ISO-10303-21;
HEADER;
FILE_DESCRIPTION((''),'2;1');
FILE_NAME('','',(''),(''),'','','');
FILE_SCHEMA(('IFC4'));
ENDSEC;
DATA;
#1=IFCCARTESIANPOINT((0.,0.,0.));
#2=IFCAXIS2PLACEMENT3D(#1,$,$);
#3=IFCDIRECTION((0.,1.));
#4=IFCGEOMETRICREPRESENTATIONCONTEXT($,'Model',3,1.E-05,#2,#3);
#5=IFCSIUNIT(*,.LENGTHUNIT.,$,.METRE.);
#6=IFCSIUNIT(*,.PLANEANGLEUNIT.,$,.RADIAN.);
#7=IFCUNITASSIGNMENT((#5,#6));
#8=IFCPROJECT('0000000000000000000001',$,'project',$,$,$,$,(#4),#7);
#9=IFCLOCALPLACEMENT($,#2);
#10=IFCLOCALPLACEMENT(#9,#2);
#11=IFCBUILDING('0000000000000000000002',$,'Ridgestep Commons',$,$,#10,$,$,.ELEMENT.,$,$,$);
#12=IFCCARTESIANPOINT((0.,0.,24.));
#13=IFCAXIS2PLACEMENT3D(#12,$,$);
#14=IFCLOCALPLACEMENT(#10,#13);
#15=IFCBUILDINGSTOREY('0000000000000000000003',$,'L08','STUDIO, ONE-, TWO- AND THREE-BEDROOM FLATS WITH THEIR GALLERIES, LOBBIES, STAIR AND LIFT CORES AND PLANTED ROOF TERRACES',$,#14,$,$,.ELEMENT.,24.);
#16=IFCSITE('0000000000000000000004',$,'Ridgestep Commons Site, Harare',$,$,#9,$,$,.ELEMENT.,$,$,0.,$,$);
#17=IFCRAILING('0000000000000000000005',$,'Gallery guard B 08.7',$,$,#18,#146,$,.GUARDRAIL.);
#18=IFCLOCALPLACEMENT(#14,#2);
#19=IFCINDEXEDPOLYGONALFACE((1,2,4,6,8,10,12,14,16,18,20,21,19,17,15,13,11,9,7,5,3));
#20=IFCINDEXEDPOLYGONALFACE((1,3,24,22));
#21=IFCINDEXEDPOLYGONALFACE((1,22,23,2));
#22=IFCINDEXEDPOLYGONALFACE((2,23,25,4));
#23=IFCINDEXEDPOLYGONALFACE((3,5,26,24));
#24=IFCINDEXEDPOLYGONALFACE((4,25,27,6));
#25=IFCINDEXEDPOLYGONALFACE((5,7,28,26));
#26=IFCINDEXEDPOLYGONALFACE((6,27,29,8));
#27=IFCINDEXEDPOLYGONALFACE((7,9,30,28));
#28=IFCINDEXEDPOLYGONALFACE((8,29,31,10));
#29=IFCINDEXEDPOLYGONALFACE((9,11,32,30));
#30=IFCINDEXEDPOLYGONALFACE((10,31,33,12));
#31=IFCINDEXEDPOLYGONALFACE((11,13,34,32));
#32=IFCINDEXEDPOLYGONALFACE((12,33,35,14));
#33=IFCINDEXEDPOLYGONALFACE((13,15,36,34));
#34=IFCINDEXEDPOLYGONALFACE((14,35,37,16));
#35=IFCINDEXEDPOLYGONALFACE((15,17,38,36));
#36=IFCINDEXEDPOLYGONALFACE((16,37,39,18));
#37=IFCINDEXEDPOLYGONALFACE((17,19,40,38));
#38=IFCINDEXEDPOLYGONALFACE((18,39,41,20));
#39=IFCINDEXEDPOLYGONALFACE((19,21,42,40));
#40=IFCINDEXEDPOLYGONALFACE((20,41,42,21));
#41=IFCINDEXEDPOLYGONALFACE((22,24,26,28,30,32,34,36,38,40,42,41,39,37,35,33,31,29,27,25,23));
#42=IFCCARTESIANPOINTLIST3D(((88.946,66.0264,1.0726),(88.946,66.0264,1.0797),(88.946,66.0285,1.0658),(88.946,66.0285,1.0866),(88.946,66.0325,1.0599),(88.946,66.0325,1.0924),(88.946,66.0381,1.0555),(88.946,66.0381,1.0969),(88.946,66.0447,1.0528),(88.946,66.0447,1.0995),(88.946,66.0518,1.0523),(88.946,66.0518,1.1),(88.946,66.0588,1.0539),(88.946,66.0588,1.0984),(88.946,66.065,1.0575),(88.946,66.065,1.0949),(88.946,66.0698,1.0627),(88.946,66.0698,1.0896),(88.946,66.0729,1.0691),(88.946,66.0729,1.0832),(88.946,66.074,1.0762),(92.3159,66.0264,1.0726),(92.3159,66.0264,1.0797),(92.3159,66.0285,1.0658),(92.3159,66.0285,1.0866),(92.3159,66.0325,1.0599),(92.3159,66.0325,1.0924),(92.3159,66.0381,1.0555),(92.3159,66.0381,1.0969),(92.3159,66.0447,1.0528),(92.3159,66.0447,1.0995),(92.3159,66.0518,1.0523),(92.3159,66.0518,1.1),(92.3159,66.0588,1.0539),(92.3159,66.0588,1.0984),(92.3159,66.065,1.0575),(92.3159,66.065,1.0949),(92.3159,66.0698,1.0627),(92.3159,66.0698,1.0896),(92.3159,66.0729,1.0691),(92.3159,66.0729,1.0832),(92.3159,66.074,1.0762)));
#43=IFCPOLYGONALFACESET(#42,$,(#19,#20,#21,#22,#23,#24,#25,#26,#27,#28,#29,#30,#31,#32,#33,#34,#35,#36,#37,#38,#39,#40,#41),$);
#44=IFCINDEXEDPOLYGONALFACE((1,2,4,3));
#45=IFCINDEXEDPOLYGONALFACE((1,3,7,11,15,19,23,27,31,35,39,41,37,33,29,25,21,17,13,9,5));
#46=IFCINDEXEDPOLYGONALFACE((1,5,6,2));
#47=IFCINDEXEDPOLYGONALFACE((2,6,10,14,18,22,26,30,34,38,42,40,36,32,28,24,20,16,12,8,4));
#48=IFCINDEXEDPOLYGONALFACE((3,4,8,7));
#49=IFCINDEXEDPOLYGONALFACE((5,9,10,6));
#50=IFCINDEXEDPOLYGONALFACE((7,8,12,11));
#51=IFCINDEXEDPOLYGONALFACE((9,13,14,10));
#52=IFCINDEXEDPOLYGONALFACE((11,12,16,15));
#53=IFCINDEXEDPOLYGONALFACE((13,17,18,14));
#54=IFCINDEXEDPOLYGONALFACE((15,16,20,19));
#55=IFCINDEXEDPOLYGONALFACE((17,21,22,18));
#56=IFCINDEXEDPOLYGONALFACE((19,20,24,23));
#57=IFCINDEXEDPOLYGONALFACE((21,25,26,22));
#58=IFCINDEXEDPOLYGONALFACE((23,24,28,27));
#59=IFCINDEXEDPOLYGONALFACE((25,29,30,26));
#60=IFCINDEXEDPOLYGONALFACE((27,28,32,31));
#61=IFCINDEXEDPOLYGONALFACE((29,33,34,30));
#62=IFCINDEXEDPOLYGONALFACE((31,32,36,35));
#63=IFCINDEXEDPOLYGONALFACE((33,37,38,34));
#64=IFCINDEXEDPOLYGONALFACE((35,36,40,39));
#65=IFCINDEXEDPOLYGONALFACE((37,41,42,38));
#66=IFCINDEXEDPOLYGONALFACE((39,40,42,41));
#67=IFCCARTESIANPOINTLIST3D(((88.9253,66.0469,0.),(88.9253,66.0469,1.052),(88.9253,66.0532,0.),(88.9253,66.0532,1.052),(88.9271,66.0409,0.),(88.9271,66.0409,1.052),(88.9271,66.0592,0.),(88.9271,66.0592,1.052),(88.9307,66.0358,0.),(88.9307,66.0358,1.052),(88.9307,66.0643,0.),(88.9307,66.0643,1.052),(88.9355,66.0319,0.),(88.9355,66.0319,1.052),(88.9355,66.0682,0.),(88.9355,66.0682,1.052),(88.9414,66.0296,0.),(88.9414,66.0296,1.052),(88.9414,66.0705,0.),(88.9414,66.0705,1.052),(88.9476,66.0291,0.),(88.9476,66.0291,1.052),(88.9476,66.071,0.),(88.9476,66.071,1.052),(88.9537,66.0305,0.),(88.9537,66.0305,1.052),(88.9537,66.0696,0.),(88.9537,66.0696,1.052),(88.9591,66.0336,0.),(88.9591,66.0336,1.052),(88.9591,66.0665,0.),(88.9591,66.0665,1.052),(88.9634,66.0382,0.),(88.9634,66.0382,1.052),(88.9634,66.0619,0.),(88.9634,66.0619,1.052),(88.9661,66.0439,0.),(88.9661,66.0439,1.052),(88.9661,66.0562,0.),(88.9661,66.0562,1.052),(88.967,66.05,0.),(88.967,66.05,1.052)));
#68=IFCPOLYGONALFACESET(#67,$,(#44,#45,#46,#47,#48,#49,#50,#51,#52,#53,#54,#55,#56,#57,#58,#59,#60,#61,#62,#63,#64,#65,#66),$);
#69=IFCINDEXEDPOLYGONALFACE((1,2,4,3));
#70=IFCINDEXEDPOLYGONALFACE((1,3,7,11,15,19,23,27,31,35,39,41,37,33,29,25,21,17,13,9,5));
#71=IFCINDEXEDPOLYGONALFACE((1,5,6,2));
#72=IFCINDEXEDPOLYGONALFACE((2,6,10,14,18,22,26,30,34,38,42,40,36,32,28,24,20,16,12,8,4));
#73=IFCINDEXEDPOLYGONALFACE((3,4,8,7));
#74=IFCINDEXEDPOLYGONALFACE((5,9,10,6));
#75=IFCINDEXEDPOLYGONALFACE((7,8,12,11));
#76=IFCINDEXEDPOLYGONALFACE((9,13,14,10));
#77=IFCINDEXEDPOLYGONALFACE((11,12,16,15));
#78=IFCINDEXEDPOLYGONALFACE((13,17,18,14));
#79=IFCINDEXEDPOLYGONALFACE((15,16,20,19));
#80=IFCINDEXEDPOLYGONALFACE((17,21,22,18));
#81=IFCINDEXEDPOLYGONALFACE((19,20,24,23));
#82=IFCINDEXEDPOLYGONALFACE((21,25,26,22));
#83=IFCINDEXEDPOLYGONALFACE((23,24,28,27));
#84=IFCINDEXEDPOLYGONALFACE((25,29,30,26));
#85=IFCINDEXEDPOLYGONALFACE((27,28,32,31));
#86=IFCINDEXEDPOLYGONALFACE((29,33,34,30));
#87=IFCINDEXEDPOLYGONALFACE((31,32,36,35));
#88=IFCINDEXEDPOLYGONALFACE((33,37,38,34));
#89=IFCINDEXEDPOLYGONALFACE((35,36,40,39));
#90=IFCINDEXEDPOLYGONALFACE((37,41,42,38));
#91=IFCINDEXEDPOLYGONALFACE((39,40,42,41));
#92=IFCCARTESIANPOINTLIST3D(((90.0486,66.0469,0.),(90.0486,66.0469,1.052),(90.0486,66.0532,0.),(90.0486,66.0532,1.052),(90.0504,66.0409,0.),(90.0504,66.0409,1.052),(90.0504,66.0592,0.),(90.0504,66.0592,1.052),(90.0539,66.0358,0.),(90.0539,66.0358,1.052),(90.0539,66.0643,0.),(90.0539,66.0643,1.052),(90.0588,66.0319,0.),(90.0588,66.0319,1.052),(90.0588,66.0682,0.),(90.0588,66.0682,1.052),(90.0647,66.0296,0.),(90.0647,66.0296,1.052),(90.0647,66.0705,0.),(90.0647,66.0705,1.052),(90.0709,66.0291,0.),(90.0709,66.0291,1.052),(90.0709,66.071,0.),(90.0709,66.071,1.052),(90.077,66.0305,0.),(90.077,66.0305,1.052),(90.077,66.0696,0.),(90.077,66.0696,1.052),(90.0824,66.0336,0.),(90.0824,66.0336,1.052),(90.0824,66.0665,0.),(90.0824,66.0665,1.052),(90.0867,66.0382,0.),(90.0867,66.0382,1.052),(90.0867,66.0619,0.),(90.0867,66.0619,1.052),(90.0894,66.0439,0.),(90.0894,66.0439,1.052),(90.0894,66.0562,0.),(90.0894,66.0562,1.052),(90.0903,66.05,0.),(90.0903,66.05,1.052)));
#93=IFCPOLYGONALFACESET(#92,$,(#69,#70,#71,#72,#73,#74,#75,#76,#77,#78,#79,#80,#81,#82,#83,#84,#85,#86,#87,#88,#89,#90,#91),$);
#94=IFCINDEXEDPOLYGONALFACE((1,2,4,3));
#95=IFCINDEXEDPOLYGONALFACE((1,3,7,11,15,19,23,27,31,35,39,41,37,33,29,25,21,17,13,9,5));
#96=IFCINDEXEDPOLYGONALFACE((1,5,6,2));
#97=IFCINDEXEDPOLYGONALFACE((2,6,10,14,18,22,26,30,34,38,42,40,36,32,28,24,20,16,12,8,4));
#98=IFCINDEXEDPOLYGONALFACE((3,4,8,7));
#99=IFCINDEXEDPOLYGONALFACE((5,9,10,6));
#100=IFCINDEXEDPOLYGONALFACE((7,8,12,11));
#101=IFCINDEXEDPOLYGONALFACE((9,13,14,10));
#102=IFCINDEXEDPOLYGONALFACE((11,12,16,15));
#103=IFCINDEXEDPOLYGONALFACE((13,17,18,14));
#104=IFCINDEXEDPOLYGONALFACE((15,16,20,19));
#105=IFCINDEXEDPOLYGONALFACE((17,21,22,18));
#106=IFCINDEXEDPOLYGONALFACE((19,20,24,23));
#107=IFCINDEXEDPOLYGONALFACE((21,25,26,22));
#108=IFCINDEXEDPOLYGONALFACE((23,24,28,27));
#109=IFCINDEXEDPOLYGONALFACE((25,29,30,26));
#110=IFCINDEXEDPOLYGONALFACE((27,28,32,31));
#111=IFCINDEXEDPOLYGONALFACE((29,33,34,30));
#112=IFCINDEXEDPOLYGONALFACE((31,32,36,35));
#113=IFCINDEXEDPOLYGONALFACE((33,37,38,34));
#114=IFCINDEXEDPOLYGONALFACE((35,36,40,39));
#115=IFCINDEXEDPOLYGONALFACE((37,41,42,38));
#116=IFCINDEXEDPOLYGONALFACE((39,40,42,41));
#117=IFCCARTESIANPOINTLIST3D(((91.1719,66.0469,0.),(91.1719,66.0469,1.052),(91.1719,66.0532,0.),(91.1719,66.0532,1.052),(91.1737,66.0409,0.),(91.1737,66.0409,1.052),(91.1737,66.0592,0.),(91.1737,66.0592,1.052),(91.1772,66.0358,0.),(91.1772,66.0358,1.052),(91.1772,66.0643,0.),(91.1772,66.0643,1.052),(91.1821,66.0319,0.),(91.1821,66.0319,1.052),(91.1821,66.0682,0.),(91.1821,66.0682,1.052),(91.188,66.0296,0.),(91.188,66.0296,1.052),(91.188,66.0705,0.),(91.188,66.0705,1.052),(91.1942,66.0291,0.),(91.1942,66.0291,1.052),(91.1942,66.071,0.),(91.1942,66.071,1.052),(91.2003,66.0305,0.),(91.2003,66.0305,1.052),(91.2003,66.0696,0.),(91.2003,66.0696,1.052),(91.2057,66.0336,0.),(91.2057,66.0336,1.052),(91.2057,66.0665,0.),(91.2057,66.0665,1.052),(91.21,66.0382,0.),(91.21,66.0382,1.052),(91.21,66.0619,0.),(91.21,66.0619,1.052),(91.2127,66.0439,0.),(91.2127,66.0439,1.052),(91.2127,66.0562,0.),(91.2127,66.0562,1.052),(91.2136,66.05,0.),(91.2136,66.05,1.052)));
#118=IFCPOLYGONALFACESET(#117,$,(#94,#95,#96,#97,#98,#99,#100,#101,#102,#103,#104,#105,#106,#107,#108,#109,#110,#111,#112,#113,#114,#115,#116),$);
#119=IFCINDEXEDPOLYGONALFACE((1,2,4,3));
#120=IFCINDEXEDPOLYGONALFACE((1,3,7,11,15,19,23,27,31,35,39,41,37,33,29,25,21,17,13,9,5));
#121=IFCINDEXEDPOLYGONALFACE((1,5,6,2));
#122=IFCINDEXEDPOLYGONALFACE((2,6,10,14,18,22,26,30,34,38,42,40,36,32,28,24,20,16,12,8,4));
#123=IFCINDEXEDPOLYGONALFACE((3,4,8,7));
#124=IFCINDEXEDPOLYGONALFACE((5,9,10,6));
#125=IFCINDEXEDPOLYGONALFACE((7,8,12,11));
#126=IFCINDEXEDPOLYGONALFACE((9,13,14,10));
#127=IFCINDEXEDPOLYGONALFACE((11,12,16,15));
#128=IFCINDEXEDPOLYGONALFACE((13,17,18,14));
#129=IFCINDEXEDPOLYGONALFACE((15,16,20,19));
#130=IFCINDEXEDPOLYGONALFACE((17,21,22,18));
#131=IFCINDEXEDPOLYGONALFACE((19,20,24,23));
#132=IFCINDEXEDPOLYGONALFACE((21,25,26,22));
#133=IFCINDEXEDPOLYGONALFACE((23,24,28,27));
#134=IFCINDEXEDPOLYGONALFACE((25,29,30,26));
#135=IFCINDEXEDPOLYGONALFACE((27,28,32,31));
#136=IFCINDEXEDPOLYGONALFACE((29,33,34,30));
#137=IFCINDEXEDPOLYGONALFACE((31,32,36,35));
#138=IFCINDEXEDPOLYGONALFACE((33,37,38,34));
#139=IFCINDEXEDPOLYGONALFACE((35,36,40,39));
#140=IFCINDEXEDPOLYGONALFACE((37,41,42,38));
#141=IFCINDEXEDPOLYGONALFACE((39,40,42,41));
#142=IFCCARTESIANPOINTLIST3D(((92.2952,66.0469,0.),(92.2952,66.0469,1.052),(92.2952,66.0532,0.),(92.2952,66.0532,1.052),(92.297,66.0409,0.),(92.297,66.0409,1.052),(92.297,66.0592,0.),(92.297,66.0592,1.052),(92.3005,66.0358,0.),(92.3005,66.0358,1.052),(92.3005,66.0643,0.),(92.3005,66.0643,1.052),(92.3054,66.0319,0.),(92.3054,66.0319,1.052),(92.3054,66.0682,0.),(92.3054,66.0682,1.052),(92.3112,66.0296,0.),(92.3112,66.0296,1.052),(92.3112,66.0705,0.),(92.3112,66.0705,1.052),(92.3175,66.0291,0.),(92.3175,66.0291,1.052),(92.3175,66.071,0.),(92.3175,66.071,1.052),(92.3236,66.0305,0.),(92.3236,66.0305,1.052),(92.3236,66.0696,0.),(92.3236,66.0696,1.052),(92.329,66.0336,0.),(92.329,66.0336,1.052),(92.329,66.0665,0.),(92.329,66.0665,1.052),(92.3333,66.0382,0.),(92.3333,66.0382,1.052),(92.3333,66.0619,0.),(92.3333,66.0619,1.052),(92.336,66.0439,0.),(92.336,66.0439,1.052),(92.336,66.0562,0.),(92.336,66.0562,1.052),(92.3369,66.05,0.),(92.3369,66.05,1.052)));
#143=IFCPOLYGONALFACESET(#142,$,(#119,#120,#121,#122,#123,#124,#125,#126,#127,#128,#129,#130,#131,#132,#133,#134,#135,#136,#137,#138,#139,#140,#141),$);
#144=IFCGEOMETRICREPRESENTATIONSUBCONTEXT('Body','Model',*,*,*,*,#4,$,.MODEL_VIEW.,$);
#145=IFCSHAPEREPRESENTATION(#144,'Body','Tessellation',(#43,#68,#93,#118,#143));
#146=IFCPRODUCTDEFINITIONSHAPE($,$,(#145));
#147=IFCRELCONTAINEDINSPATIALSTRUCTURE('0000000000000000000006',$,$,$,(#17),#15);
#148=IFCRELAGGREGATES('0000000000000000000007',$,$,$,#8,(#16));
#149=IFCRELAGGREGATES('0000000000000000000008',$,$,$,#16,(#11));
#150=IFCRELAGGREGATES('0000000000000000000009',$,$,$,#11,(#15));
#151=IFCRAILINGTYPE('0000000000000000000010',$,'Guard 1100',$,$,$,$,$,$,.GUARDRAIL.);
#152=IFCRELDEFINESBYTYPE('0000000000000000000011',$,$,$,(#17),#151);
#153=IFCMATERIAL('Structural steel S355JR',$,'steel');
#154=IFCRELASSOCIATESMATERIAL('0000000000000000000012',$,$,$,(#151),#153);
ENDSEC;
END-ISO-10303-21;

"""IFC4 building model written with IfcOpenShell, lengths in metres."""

from ifc_helpers import new_model, si_unit, direction, frame, origin, origin_2d, place, context, subcontext, project, spatial, circle, extrude, material, type_object, element, save


model = new_model("IFC4")

# Units and contexts
model_context = context("Model", 3, precision=1e-05, world=origin(), true_north=direction((0.0, 1.0)))
body_context = subcontext(model_context, "Body", "Model", "MODEL_VIEW")
ifc_project = project(units=[si_unit("LENGTHUNIT", "METRE"), si_unit("PLANEANGLEUNIT", "RADIAN")], contexts=[model_context])

# Site, building, storey
site_placement = place(None, origin())
site = spatial("IfcSite", under=ifc_project, at=site_placement, Name="Ridgestep Commons Site, Harare", CompositionType="ELEMENT", RefElevation=0.0)
building_placement = place(site_placement, origin())
building = spatial("IfcBuilding", under=site, at=building_placement, Name="Ridgestep Commons", CompositionType="ELEMENT")
storey_placement = place(building_placement, frame((0.0, 0.0, 24.0)))
storey = spatial("IfcBuildingStorey", under=building, at=storey_placement, Name="L08", Description="STUDIO, ONE-, TWO- AND THREE-BEDROOM FLATS WITH THEIR GALLERIES, LOBBIES, STAIR AND LIFT CORES AND PLANTED ROOF TERRACES", CompositionType="ELEMENT", Elevation=24.0)

# Railing
ifc_material_1 = material(Name="Structural steel S355JR", Category="steel")
railing_type_1 = type_object("IfcRailingType", Name="Guard 1100", PredefinedType="GUARDRAIL", material=ifc_material_1)
railing_1_placement = place(storey_placement, frame((88.946, 66.05, 0.0)))
element("IfcRailing", 1, at=railing_1_placement, inside=storey, type_object=railing_type_1, Name="Gallery guard B 08.7", PredefinedType="GUARDRAIL", context=body_context, shape_type="SweptSolid", body=[
    extrude(circle(Radius=0.0239, at=origin_2d()), frame((0.0, 0.0, 1.0762), z_axis=(1.0, 0.0, 0.0), x_axis=(0.0, 1.0, 0.0)), (0.0, 0.0, 1.0), 3.3699),
    extrude(circle(Radius=0.021, at=origin_2d()), origin(), (0.0, 0.0, 1.0), 1.052),
    extrude(circle(Radius=0.021, at=origin_2d()), frame((1.1233, 0.0, 0.0)), (0.0, 0.0, 1.0), 1.052),
    extrude(circle(Radius=0.021, at=origin_2d()), frame((2.2466, 0.0, 0.0)), (0.0, 0.0, 1.0), 1.052),
    extrude(circle(Radius=0.021, at=origin_2d()), frame((3.3699, 0.0, 0.0)), (0.0, 0.0, 1.0), 1.052),
])

save(model, "model.ifc")
